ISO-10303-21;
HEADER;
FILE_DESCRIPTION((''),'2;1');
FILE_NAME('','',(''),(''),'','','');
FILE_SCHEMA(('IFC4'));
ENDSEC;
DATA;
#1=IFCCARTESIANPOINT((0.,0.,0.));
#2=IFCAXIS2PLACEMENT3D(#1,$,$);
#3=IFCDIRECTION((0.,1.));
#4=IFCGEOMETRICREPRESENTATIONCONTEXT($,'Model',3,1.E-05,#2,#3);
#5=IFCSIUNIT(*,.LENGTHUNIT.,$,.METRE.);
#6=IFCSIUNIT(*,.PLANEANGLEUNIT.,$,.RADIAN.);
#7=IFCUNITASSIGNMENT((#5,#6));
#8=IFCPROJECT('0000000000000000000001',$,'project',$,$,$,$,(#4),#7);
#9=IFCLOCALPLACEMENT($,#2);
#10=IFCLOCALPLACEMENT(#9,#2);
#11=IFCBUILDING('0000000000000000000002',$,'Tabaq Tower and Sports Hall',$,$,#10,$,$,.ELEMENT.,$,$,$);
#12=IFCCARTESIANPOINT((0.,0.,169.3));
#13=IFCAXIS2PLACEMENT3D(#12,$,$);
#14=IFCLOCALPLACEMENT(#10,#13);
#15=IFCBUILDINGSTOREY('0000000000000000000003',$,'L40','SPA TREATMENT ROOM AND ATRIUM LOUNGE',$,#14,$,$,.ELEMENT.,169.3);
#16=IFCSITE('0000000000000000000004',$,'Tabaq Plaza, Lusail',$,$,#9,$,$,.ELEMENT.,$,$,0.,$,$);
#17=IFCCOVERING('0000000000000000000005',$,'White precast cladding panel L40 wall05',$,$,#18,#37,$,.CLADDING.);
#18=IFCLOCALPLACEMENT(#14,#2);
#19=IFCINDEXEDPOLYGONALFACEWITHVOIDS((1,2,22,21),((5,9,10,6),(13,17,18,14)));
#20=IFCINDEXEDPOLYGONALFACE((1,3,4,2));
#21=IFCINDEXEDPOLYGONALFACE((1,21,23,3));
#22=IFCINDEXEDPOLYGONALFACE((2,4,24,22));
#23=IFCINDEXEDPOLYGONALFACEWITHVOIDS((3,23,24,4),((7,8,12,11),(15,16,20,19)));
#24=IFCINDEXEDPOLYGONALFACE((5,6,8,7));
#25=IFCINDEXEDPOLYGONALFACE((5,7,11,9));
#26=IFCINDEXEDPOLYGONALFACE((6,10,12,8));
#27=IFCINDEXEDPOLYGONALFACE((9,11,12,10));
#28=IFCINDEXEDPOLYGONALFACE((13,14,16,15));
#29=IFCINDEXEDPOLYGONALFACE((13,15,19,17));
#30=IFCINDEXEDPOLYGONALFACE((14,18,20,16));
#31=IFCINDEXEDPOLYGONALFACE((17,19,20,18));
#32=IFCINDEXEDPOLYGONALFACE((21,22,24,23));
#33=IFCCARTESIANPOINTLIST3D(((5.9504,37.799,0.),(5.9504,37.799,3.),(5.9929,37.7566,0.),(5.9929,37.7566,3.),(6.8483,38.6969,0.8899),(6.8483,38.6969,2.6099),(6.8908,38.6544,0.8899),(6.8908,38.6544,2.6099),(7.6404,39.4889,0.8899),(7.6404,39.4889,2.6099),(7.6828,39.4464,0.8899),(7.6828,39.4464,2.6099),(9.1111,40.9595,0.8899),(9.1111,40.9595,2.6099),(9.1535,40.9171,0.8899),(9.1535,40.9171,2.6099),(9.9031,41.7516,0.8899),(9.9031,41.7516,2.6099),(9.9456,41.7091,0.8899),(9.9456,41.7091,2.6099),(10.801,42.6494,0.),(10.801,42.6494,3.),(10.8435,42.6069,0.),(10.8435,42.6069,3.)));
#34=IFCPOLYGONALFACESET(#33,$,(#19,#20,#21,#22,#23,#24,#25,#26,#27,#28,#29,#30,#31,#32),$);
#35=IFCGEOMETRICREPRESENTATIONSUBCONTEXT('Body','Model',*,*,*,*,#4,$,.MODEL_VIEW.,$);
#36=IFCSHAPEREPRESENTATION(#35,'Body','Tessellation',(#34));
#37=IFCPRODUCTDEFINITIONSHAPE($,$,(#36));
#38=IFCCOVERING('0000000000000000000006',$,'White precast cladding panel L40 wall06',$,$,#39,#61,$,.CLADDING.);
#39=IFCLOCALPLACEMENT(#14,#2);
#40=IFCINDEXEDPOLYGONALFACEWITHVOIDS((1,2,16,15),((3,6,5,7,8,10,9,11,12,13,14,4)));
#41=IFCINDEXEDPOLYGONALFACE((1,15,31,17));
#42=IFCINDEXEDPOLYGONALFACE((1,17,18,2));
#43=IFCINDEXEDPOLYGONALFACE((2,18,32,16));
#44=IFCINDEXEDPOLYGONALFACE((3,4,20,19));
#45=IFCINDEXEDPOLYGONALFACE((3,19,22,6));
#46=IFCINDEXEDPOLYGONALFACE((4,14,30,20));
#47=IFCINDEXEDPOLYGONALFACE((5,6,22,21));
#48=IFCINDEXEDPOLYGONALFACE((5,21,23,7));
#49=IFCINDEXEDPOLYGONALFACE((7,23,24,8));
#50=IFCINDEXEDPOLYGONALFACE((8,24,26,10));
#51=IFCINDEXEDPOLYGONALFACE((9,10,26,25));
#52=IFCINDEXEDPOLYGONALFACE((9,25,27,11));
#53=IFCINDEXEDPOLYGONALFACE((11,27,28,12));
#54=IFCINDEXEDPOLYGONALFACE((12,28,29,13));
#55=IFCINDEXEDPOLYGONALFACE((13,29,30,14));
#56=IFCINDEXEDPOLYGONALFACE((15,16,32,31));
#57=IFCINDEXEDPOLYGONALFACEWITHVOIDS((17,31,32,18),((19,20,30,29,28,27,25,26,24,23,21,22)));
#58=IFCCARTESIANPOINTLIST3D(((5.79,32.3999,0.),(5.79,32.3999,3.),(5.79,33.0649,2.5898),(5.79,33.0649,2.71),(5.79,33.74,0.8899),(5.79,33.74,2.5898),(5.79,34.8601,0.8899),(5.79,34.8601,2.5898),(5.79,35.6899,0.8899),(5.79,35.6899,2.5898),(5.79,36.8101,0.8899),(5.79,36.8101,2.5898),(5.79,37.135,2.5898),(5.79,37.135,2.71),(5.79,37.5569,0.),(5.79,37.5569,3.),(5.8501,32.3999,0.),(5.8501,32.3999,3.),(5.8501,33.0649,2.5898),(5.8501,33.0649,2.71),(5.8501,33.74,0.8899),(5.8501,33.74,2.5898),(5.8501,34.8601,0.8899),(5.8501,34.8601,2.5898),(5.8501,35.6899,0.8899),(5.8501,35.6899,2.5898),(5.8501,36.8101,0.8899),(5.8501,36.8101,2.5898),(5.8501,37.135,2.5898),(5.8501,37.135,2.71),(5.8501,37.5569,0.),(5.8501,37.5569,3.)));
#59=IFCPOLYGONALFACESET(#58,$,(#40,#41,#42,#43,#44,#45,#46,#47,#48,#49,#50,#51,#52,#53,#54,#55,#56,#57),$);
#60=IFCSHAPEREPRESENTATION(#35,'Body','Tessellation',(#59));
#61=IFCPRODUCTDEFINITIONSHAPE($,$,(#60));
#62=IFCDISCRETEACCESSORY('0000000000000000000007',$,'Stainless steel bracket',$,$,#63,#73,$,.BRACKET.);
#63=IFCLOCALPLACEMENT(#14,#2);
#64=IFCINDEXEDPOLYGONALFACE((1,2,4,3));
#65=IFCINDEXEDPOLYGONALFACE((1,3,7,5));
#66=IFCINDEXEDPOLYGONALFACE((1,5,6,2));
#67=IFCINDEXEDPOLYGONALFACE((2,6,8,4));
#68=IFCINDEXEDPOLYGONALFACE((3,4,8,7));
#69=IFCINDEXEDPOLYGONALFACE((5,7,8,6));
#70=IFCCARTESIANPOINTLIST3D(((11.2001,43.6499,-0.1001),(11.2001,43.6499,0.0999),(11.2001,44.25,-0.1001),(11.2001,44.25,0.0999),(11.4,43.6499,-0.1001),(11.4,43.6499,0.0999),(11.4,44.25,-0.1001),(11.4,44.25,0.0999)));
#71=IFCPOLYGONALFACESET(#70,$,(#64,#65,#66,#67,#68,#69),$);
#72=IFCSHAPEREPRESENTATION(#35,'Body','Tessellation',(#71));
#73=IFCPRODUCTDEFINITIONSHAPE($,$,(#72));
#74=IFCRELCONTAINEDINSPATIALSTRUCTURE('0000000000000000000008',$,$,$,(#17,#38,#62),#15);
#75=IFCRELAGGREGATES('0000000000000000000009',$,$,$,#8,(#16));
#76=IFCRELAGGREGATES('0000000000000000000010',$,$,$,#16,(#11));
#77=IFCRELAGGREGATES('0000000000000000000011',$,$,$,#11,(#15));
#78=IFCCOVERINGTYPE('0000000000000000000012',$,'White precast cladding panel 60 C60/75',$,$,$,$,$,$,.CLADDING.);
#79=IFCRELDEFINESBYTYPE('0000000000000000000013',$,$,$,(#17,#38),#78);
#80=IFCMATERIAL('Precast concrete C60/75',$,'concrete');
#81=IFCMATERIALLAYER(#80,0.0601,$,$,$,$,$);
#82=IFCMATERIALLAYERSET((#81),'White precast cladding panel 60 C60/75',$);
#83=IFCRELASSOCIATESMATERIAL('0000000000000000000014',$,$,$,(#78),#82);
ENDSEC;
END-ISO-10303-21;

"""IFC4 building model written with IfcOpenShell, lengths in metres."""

from ifc_helpers import new_model, si_unit, direction, frame, origin, origin_2d, place, context, subcontext, project, spatial, polyline, rectangle, outline, extrude, material, layer, layer_set, type_object, element, save


model = new_model("IFC4")

# Units and contexts
model_context = context("Model", 3, precision=1e-05, world=origin(), true_north=direction((0.0, 1.0)))
body_context = subcontext(model_context, "Body", "Model", "MODEL_VIEW")
ifc_project = project(units=[si_unit("LENGTHUNIT", "METRE"), si_unit("PLANEANGLEUNIT", "RADIAN")], contexts=[model_context])

# Site, building, storey
site_placement = place(None, origin())
site = spatial("IfcSite", under=ifc_project, at=site_placement, Name="Tabaq Plaza, Lusail", CompositionType="ELEMENT", RefElevation=0.0)
building_placement = place(site_placement, origin())
building = spatial("IfcBuilding", under=site, at=building_placement, Name="Tabaq Tower and Sports Hall", CompositionType="ELEMENT")
storey_placement = place(building_placement, frame((0.0, 0.0, 169.3)))
storey = spatial("IfcBuildingStorey", under=building, at=storey_placement, Name="L40", Description="SPA TREATMENT ROOM AND ATRIUM LOUNGE", CompositionType="ELEMENT", Elevation=169.3)

# Coverings
ifc_material_1 = material(Name="Precast concrete C60/75", Category="concrete")
ifc_layer_1 = layer(ifc_material_1, 0.0601)
ifc_layer_set_1 = layer_set([ifc_layer_1], Name="White precast cladding panel 60 C60/75")
covering_type = type_object("IfcCoveringType", Name="White precast cladding panel 60 C60/75", PredefinedType="CLADDING", material=ifc_layer_set_1)
covering_1_placement = place(storey_placement, frame((10.8223, 42.6282, 0.0), z_axis=(0.0, 0.0, 1.0), x_axis=(-0.707125, -0.707089, 0.0)))
element("IfcCovering", 1, at=covering_1_placement, inside=storey, type_object=covering_type, Name="White precast cladding panel L40 wall05", PredefinedType="CLADDING", context=body_context, shape_type="SweptSolid", body=[
    extrude(outline(polyline([(0.0, 0.0), (6.8596, 0.0), (6.8596, 3.0), (0.0, 3.0), (0.0, 0.0)]), holes=[polyline([(1.2698, 2.6099), (2.3899, 2.6099), (2.3899, 0.8899), (1.2698, 0.8899), (1.2698, 2.6099)]), polyline([(4.4697, 2.6099), (5.5898, 2.6099), (5.5898, 0.8899), (4.4697, 0.8899), (4.4697, 2.6099)])]), frame((0.0, 0.03, 0.0), z_axis=(0.0, -1.0, 0.0), x_axis=(1.0, 0.0, 0.0)), (0.0, 0.0, 1.0), 0.0601),
])
covering_2_placement = place(storey_placement, frame((5.8201, 37.5569, 0.0), z_axis=(0.0, 0.0, 1.0), x_axis=(0.0, -1.0, 0.0)))
element("IfcCovering", 2, at=covering_2_placement, inside=storey, type_object=covering_type, Name="White precast cladding panel L40 wall06", PredefinedType="CLADDING", context=body_context, shape_type="SweptSolid", body=[
    extrude(outline(polyline([(0.0, 0.0), (5.157, 0.0), (5.157, 3.0), (0.0, 3.0), (0.0, 0.0)]), holes=[polyline([(0.7468, 2.5898), (0.4219, 2.5898), (0.4219, 2.71), (4.4919, 2.71), (4.4919, 2.5898), (3.8169, 2.5898), (3.8169, 0.8899), (2.6968, 0.8899), (2.6968, 2.5898), (1.8669, 2.5898), (1.8669, 0.8899), (0.7468, 0.8899), (0.7468, 2.5898)])]), frame((0.0, 0.03, 0.0), z_axis=(0.0, -1.0, 0.0), x_axis=(1.0, 0.0, 0.0)), (0.0, 0.0, 1.0), 0.0601),
])

# Discrete accessory
discrete_accessory_placement = place(storey_placement, frame((11.3, 43.95, -0.1001), z_axis=(0.0, 0.0, 1.0), x_axis=(0.0, 1.0, 0.0)))
element("IfcDiscreteAccessory", 3, at=discrete_accessory_placement, inside=storey, Name="Stainless steel bracket", PredefinedType="BRACKET", context=body_context, shape_type="SweptSolid", body=[
    extrude(rectangle(XDim=0.6001, YDim=0.2, at=origin_2d()), origin(), (0.0, 0.0, 1.0), 0.2),
])

save(model, "model.ifc")
